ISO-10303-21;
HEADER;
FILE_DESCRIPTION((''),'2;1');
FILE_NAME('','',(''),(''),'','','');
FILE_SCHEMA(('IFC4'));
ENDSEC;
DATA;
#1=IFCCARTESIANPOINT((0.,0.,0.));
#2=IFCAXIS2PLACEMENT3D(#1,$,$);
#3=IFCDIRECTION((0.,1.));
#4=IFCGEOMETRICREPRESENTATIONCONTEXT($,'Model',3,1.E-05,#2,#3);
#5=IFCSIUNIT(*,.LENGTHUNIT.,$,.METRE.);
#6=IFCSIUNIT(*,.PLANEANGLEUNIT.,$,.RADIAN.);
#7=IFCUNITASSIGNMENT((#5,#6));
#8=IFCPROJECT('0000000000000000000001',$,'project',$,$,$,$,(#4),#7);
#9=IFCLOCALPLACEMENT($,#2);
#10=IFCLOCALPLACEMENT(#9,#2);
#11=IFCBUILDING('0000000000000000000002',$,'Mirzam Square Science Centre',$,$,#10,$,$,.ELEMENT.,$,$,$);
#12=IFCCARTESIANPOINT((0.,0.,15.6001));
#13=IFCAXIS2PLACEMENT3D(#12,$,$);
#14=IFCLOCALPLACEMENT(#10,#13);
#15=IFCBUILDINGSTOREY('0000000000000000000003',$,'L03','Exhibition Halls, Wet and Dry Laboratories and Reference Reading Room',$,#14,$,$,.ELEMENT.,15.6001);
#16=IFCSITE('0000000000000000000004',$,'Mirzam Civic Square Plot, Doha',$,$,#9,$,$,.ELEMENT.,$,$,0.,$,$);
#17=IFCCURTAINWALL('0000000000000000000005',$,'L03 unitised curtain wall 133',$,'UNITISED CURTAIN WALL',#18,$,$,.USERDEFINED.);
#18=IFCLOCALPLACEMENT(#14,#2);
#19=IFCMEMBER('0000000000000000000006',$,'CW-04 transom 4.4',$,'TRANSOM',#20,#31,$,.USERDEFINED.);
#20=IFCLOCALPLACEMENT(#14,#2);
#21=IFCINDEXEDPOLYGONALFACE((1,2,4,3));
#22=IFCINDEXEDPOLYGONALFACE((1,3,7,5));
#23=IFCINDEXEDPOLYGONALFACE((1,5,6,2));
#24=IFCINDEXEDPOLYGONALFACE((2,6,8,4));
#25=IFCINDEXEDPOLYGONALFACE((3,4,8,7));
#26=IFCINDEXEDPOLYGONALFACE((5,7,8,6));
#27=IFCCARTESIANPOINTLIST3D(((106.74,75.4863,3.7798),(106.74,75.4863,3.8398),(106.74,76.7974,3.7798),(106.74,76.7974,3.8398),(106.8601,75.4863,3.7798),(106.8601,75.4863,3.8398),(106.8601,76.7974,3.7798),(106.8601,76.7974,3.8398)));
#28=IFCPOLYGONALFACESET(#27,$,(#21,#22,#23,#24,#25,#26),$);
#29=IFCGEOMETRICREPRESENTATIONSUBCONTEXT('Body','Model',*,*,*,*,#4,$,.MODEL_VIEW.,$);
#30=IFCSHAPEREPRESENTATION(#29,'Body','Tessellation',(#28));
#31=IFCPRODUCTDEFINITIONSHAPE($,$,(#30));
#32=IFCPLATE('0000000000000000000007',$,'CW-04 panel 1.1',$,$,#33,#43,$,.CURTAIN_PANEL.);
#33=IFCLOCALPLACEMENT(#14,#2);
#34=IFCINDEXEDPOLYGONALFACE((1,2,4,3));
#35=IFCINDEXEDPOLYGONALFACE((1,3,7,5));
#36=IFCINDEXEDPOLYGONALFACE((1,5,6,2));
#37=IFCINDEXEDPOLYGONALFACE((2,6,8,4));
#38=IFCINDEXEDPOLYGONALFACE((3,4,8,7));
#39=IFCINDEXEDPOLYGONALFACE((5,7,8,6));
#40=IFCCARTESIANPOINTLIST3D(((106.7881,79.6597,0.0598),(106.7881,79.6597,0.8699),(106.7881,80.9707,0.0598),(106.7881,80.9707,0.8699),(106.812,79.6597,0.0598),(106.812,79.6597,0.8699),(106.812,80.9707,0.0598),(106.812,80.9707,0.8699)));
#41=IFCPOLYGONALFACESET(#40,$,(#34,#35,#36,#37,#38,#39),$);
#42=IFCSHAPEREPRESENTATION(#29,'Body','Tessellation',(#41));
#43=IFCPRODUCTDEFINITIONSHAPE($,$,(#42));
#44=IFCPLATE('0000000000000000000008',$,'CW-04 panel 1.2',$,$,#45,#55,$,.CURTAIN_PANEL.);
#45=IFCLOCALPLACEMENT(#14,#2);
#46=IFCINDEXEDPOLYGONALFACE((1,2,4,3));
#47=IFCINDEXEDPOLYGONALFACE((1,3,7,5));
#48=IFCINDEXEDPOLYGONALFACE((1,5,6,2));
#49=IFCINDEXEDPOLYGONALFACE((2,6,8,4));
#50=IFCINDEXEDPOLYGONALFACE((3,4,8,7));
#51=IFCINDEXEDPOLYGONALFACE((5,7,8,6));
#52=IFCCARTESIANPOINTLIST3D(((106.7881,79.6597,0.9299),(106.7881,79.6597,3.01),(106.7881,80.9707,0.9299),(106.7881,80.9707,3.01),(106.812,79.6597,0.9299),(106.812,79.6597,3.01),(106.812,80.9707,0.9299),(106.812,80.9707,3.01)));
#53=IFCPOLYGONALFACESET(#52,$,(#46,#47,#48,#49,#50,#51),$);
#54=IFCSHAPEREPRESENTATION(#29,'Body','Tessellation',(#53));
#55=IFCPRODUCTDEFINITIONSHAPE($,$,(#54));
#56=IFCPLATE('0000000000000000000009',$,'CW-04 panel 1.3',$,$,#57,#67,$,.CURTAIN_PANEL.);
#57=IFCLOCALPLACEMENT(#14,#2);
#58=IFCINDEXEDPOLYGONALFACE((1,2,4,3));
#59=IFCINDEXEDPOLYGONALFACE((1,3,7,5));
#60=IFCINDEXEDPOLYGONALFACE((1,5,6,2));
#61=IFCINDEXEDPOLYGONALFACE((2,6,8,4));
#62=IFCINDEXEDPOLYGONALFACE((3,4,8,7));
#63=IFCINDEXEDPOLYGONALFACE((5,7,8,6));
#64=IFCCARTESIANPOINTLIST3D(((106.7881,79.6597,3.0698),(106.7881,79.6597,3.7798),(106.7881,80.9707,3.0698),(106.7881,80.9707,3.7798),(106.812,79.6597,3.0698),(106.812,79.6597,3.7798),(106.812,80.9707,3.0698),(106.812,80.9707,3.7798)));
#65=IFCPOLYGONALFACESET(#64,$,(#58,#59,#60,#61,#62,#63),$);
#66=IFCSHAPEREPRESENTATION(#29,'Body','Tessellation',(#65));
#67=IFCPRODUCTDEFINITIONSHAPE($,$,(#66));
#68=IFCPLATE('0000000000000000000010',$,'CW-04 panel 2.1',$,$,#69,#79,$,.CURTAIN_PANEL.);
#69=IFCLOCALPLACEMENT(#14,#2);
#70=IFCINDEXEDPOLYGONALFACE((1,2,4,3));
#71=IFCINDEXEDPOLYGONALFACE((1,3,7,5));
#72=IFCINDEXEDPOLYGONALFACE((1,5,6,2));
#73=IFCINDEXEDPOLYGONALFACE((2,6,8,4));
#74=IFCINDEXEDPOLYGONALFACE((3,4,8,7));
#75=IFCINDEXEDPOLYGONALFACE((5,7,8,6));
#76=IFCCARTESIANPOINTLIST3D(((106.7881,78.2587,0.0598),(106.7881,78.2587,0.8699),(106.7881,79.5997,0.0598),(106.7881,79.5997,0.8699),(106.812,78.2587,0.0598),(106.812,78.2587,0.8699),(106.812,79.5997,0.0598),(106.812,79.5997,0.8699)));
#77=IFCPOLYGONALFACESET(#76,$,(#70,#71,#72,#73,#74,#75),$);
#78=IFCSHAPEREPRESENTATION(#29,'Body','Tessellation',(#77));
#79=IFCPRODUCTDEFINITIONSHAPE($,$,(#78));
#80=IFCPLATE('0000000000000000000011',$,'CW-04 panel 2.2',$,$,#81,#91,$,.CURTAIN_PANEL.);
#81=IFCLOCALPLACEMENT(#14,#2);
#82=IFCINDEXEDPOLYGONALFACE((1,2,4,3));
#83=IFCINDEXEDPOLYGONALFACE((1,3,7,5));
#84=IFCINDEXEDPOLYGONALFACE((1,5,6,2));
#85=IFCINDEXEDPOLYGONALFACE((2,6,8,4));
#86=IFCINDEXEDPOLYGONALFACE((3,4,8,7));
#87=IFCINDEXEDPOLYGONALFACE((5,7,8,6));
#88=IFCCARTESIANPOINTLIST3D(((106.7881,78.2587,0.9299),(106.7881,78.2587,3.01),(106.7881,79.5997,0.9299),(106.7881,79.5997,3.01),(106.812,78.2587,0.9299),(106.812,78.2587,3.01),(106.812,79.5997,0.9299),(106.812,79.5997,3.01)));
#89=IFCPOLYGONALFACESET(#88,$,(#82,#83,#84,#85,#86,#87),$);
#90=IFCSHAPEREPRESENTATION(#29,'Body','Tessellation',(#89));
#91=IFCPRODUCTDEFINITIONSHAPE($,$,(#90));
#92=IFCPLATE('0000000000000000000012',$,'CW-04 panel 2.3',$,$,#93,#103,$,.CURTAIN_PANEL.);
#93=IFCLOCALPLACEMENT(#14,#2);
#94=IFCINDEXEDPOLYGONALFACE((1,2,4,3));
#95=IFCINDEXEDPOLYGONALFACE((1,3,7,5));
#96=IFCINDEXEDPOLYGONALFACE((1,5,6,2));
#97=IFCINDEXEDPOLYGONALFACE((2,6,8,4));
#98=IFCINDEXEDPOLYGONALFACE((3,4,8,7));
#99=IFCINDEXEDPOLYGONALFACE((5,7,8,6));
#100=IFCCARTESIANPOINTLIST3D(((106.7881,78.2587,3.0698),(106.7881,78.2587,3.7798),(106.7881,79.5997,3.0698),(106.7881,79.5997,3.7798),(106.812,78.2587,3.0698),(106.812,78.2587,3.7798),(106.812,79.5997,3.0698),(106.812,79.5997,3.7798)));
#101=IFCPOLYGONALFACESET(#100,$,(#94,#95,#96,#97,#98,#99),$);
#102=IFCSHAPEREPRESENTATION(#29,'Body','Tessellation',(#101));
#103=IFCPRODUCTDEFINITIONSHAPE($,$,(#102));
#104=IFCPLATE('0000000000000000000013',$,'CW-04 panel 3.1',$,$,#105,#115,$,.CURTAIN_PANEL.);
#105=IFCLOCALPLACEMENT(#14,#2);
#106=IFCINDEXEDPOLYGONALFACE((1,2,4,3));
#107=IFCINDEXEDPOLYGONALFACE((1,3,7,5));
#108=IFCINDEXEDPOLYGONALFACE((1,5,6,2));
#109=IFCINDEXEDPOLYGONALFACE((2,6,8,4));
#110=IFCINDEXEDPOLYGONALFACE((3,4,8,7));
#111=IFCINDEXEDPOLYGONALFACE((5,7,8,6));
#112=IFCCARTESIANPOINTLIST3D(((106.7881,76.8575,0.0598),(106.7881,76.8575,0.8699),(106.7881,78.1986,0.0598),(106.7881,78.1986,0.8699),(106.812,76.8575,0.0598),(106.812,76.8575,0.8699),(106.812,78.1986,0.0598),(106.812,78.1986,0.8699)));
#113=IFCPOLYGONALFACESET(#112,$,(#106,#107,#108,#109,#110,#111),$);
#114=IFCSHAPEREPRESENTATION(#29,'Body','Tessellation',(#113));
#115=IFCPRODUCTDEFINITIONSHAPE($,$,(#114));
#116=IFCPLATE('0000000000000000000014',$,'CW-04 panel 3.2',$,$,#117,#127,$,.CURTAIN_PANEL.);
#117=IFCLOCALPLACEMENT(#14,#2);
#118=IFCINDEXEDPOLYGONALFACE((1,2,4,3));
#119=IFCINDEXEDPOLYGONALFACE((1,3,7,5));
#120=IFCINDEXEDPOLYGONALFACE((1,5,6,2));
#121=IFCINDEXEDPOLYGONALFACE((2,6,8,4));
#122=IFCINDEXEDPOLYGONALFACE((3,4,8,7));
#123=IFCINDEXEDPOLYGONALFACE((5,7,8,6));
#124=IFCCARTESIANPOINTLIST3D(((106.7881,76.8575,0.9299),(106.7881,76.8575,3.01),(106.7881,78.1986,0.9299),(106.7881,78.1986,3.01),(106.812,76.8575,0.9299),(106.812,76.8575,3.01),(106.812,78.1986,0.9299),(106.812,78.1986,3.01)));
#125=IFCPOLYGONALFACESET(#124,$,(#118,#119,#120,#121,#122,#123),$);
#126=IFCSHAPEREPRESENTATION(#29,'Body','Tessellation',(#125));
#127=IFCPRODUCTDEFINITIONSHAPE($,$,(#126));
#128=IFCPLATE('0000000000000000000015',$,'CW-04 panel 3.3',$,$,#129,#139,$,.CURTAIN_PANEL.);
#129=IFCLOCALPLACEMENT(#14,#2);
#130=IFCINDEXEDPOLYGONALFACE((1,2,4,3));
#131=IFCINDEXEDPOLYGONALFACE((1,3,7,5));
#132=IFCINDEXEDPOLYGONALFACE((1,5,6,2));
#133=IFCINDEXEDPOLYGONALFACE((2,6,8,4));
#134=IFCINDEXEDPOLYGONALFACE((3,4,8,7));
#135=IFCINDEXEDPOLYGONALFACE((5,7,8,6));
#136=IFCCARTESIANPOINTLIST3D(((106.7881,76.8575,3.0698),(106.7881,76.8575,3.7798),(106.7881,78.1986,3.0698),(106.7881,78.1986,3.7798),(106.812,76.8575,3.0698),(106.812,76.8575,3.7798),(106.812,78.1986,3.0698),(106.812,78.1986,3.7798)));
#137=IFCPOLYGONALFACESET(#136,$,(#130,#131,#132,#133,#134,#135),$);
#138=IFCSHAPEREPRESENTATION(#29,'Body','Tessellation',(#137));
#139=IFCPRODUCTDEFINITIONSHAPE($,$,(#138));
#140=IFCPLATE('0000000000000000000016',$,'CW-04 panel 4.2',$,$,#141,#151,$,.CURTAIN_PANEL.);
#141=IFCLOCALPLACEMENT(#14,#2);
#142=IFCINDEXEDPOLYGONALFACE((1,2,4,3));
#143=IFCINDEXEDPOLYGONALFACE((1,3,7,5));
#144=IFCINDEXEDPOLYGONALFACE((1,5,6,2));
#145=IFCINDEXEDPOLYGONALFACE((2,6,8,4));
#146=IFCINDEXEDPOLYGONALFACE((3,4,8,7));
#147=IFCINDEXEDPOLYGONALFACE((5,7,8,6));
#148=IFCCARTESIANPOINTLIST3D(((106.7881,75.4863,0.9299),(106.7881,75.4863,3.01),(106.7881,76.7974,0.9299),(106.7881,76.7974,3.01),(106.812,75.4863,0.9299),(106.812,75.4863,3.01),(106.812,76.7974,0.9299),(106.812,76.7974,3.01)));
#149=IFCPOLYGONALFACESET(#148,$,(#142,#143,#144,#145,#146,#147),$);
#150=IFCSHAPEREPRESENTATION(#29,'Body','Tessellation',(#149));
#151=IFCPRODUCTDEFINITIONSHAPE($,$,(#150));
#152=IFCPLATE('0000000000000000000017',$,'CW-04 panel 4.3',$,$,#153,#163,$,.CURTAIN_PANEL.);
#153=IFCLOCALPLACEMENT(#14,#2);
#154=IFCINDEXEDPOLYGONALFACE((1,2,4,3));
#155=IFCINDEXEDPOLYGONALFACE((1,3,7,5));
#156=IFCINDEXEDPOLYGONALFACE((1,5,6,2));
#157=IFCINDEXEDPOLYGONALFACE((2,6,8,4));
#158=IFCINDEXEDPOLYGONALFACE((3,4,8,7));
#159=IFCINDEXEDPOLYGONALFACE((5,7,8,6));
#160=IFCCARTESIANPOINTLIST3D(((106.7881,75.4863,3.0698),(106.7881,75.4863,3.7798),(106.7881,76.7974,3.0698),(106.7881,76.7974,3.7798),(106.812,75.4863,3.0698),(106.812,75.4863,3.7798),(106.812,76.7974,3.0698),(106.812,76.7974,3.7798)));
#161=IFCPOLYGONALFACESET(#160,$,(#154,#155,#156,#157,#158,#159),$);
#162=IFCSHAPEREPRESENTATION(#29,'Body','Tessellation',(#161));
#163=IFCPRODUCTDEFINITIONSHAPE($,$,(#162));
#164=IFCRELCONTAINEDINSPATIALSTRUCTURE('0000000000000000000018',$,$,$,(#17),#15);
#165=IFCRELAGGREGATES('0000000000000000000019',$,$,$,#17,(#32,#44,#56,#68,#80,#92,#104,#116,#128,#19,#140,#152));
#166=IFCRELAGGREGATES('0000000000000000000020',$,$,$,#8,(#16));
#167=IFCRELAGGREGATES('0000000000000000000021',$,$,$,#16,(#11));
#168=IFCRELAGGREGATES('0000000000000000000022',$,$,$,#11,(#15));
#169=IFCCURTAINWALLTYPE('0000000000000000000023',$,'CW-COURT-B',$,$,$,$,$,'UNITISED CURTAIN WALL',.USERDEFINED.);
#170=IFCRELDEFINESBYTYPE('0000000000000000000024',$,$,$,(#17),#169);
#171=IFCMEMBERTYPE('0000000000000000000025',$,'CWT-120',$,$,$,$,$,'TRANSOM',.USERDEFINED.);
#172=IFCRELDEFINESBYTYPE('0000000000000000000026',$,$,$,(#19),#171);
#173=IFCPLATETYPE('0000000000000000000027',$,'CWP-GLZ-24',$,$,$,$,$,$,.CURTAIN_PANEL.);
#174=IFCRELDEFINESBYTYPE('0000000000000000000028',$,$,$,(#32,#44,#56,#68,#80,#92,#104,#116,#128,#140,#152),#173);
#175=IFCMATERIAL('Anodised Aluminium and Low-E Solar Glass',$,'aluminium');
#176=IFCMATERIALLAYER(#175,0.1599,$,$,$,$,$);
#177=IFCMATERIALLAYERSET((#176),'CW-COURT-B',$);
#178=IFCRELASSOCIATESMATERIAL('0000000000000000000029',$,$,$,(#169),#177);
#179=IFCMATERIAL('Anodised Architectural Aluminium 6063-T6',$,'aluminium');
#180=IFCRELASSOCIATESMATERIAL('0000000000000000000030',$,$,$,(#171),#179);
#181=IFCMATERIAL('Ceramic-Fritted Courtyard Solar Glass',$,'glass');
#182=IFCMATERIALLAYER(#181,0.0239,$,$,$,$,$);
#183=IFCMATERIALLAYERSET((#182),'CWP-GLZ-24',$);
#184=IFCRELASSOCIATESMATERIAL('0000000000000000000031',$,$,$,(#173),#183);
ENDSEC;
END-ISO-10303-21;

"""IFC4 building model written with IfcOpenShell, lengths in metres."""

from ifc_helpers import new_model, si_unit, direction, frame, origin, origin_2d, place, context, subcontext, project, spatial, rectangle, extrude, material, layer, layer_set, material_profile, profile_set, type_object, element, aggregate, save


model = new_model("IFC4")

# Units and contexts
model_context = context("Model", 3, precision=1e-05, world=origin(), true_north=direction((0.0, 1.0)))
body_context = subcontext(model_context, "Body", "Model", "MODEL_VIEW")
ifc_project = project(units=[si_unit("LENGTHUNIT", "METRE"), si_unit("PLANEANGLEUNIT", "RADIAN")], contexts=[model_context])

# Site, building, storey
site_placement = place(None, origin())
site = spatial("IfcSite", under=ifc_project, at=site_placement, Name="Mirzam Civic Square Plot, Doha", CompositionType="ELEMENT", RefElevation=0.0)
building_placement = place(site_placement, origin())
building = spatial("IfcBuilding", under=site, at=building_placement, Name="Mirzam Square Science Centre", CompositionType="ELEMENT")
storey_placement = place(building_placement, frame((0.0, 0.0, 15.6001)))
storey = spatial("IfcBuildingStorey", under=building, at=storey_placement, Name="L03", Description="Exhibition Halls, Wet and Dry Laboratories and Reference Reading Room", CompositionType="ELEMENT", Elevation=15.6001)

# Curtain wall, member, plates
ifc_material_1 = material(Name="Anodised Aluminium and Low-E Solar Glass", Category="aluminium")
ifc_layer_1 = layer(ifc_material_1, 0.1599)
ifc_layer_set_1 = layer_set([ifc_layer_1], Name="CW-COURT-B")
curtain_wall_type = type_object("IfcCurtainWallType", Name="CW-COURT-B", ElementType="UNITISED CURTAIN WALL", PredefinedType="USERDEFINED", material=ifc_layer_set_1)
curtain_wall_placement = place(storey_placement, origin())
curtain_wall = element("IfcCurtainWall", 1, at=curtain_wall_placement, inside=storey, type_object=curtain_wall_type, Name="L03 unitised curtain wall 133", ObjectType="UNITISED CURTAIN WALL", PredefinedType="USERDEFINED")
ifc_material_2 = material(Name="Anodised Architectural Aluminium 6063-T6", Category="aluminium")
ifc_material_profile_1 = material_profile(ifc_material_2, rectangle(XDim=0.1201, YDim=0.0601, at=origin_2d()), Name="ALU-TRAN-120x60x4")
ifc_profile_set_1 = profile_set([ifc_material_profile_1], Name="Anodised Architectural Aluminium 6063-T6")
member_type_1 = type_object("IfcMemberType", Name="CWT-120", ElementType="TRANSOM", PredefinedType="USERDEFINED", material=ifc_profile_set_1)
member_1_placement = place(storey_placement, frame((106.8, 76.7974, 3.8098), z_axis=(0.0, -1.0, 0.0), x_axis=(1.0, 0.0, 0.0)))
member_1 = element("IfcMember", 2, at=member_1_placement, type_object=member_type_1, Name="CW-04 transom 4.4", ObjectType="TRANSOM", PredefinedType="USERDEFINED", context=body_context, shape_type="SweptSolid", body=[
    extrude(rectangle(XDim=0.1201, YDim=0.0601, at=origin_2d()), origin(), (0.0, 0.0, 1.0), 1.311),
])
ifc_material_3 = material(Name="Ceramic-Fritted Courtyard Solar Glass", Category="glass")
ifc_layer_2 = layer(ifc_material_3, 0.0239)
ifc_layer_set_2 = layer_set([ifc_layer_2], Name="CWP-GLZ-24")
plate_type = type_object("IfcPlateType", Name="CWP-GLZ-24", PredefinedType="CURTAIN_PANEL", material=ifc_layer_set_2)
plate_1_placement = place(storey_placement, frame((106.8, 80.3152, 0.0598), z_axis=(0.0, 0.0, 1.0), x_axis=(0.0, -1.0, 0.0)))
plate_1 = element("IfcPlate", 3, at=plate_1_placement, type_object=plate_type, Name="CW-04 panel 1.1", PredefinedType="CURTAIN_PANEL", context=body_context, shape_type="SweptSolid", body=[
    extrude(rectangle(XDim=1.311, YDim=0.0239, at=origin_2d()), origin(), (0.0, 0.0, 1.0), 0.8101),
])
plate_2_placement = place(storey_placement, frame((106.8, 80.3152, 0.9299), z_axis=(0.0, 0.0, 1.0), x_axis=(0.0, -1.0, 0.0)))
plate_2 = element("IfcPlate", 4, at=plate_2_placement, type_object=plate_type, Name="CW-04 panel 1.2", PredefinedType="CURTAIN_PANEL", context=body_context, shape_type="SweptSolid", body=[
    extrude(rectangle(XDim=1.311, YDim=0.0239, at=origin_2d()), origin(), (0.0, 0.0, 1.0), 2.0801),
])
plate_3_placement = place(storey_placement, frame((106.8, 80.3152, 3.0698), z_axis=(0.0, 0.0, 1.0), x_axis=(0.0, -1.0, 0.0)))
plate_3 = element("IfcPlate", 5, at=plate_3_placement, type_object=plate_type, Name="CW-04 panel 1.3", PredefinedType="CURTAIN_PANEL", context=body_context, shape_type="SweptSolid", body=[
    extrude(rectangle(XDim=1.311, YDim=0.0239, at=origin_2d()), origin(), (0.0, 0.0, 1.0), 0.71),
])
plate_4_placement = place(storey_placement, frame((106.8, 78.9292, 0.0598), z_axis=(0.0, 0.0, 1.0), x_axis=(0.0, -1.0, 0.0)))
plate_4 = element("IfcPlate", 6, at=plate_4_placement, type_object=plate_type, Name="CW-04 panel 2.1", PredefinedType="CURTAIN_PANEL", context=body_context, shape_type="SweptSolid", body=[
    extrude(rectangle(XDim=1.3411, YDim=0.0239, at=origin_2d()), origin(), (0.0, 0.0, 1.0), 0.8101),
])
plate_5_placement = place(storey_placement, frame((106.8, 78.9292, 0.9299), z_axis=(0.0, 0.0, 1.0), x_axis=(0.0, -1.0, 0.0)))
plate_5 = element("IfcPlate", 7, at=plate_5_placement, type_object=plate_type, Name="CW-04 panel 2.2", PredefinedType="CURTAIN_PANEL", context=body_context, shape_type="SweptSolid", body=[
    extrude(rectangle(XDim=1.3411, YDim=0.0239, at=origin_2d()), origin(), (0.0, 0.0, 1.0), 2.0801),
])
plate_6_placement = place(storey_placement, frame((106.8, 78.9292, 3.0698), z_axis=(0.0, 0.0, 1.0), x_axis=(0.0, -1.0, 0.0)))
plate_6 = element("IfcPlate", 8, at=plate_6_placement, type_object=plate_type, Name="CW-04 panel 2.3", PredefinedType="CURTAIN_PANEL", context=body_context, shape_type="SweptSolid", body=[
    extrude(rectangle(XDim=1.3411, YDim=0.0239, at=origin_2d()), origin(), (0.0, 0.0, 1.0), 0.71),
])
plate_7_placement = place(storey_placement, frame((106.8, 77.5281, 0.0598), z_axis=(0.0, 0.0, 1.0), x_axis=(0.0, -1.0, 0.0)))
plate_7 = element("IfcPlate", 9, at=plate_7_placement, type_object=plate_type, Name="CW-04 panel 3.1", PredefinedType="CURTAIN_PANEL", context=body_context, shape_type="SweptSolid", body=[
    extrude(rectangle(XDim=1.3411, YDim=0.0239, at=origin_2d()), origin(), (0.0, 0.0, 1.0), 0.8101),
])
plate_8_placement = place(storey_placement, frame((106.8, 77.5281, 0.9299), z_axis=(0.0, 0.0, 1.0), x_axis=(0.0, -1.0, 0.0)))
plate_8 = element("IfcPlate", 10, at=plate_8_placement, type_object=plate_type, Name="CW-04 panel 3.2", PredefinedType="CURTAIN_PANEL", context=body_context, shape_type="SweptSolid", body=[
    extrude(rectangle(XDim=1.3411, YDim=0.0239, at=origin_2d()), origin(), (0.0, 0.0, 1.0), 2.0801),
])
plate_9_placement = place(storey_placement, frame((106.8, 77.5281, 3.0698), z_axis=(0.0, 0.0, 1.0), x_axis=(0.0, -1.0, 0.0)))
plate_9 = element("IfcPlate", 11, at=plate_9_placement, type_object=plate_type, Name="CW-04 panel 3.3", PredefinedType="CURTAIN_PANEL", context=body_context, shape_type="SweptSolid", body=[
    extrude(rectangle(XDim=1.3411, YDim=0.0239, at=origin_2d()), origin(), (0.0, 0.0, 1.0), 0.71),
])
plate_10_placement = place(storey_placement, frame((106.8, 76.1418, 0.9299), z_axis=(0.0, 0.0, 1.0), x_axis=(0.0, -1.0, 0.0)))
plate_10 = element("IfcPlate", 12, at=plate_10_placement, type_object=plate_type, Name="CW-04 panel 4.2", PredefinedType="CURTAIN_PANEL", context=body_context, shape_type="SweptSolid", body=[
    extrude(rectangle(XDim=1.311, YDim=0.0239, at=origin_2d()), origin(), (0.0, 0.0, 1.0), 2.0801),
])
plate_11_placement = place(storey_placement, frame((106.8, 76.1418, 3.0698), z_axis=(0.0, 0.0, 1.0), x_axis=(0.0, -1.0, 0.0)))
plate_11 = element("IfcPlate", 13, at=plate_11_placement, type_object=plate_type, Name="CW-04 panel 4.3", PredefinedType="CURTAIN_PANEL", context=body_context, shape_type="SweptSolid", body=[
    extrude(rectangle(XDim=1.311, YDim=0.0239, at=origin_2d()), origin(), (0.0, 0.0, 1.0), 0.71),
])
aggregate(curtain_wall, [plate_1, plate_2, plate_3, plate_4, plate_5, plate_6, plate_7, plate_8, plate_9, member_1, plate_10, plate_11])

save(model, "model.ifc")
